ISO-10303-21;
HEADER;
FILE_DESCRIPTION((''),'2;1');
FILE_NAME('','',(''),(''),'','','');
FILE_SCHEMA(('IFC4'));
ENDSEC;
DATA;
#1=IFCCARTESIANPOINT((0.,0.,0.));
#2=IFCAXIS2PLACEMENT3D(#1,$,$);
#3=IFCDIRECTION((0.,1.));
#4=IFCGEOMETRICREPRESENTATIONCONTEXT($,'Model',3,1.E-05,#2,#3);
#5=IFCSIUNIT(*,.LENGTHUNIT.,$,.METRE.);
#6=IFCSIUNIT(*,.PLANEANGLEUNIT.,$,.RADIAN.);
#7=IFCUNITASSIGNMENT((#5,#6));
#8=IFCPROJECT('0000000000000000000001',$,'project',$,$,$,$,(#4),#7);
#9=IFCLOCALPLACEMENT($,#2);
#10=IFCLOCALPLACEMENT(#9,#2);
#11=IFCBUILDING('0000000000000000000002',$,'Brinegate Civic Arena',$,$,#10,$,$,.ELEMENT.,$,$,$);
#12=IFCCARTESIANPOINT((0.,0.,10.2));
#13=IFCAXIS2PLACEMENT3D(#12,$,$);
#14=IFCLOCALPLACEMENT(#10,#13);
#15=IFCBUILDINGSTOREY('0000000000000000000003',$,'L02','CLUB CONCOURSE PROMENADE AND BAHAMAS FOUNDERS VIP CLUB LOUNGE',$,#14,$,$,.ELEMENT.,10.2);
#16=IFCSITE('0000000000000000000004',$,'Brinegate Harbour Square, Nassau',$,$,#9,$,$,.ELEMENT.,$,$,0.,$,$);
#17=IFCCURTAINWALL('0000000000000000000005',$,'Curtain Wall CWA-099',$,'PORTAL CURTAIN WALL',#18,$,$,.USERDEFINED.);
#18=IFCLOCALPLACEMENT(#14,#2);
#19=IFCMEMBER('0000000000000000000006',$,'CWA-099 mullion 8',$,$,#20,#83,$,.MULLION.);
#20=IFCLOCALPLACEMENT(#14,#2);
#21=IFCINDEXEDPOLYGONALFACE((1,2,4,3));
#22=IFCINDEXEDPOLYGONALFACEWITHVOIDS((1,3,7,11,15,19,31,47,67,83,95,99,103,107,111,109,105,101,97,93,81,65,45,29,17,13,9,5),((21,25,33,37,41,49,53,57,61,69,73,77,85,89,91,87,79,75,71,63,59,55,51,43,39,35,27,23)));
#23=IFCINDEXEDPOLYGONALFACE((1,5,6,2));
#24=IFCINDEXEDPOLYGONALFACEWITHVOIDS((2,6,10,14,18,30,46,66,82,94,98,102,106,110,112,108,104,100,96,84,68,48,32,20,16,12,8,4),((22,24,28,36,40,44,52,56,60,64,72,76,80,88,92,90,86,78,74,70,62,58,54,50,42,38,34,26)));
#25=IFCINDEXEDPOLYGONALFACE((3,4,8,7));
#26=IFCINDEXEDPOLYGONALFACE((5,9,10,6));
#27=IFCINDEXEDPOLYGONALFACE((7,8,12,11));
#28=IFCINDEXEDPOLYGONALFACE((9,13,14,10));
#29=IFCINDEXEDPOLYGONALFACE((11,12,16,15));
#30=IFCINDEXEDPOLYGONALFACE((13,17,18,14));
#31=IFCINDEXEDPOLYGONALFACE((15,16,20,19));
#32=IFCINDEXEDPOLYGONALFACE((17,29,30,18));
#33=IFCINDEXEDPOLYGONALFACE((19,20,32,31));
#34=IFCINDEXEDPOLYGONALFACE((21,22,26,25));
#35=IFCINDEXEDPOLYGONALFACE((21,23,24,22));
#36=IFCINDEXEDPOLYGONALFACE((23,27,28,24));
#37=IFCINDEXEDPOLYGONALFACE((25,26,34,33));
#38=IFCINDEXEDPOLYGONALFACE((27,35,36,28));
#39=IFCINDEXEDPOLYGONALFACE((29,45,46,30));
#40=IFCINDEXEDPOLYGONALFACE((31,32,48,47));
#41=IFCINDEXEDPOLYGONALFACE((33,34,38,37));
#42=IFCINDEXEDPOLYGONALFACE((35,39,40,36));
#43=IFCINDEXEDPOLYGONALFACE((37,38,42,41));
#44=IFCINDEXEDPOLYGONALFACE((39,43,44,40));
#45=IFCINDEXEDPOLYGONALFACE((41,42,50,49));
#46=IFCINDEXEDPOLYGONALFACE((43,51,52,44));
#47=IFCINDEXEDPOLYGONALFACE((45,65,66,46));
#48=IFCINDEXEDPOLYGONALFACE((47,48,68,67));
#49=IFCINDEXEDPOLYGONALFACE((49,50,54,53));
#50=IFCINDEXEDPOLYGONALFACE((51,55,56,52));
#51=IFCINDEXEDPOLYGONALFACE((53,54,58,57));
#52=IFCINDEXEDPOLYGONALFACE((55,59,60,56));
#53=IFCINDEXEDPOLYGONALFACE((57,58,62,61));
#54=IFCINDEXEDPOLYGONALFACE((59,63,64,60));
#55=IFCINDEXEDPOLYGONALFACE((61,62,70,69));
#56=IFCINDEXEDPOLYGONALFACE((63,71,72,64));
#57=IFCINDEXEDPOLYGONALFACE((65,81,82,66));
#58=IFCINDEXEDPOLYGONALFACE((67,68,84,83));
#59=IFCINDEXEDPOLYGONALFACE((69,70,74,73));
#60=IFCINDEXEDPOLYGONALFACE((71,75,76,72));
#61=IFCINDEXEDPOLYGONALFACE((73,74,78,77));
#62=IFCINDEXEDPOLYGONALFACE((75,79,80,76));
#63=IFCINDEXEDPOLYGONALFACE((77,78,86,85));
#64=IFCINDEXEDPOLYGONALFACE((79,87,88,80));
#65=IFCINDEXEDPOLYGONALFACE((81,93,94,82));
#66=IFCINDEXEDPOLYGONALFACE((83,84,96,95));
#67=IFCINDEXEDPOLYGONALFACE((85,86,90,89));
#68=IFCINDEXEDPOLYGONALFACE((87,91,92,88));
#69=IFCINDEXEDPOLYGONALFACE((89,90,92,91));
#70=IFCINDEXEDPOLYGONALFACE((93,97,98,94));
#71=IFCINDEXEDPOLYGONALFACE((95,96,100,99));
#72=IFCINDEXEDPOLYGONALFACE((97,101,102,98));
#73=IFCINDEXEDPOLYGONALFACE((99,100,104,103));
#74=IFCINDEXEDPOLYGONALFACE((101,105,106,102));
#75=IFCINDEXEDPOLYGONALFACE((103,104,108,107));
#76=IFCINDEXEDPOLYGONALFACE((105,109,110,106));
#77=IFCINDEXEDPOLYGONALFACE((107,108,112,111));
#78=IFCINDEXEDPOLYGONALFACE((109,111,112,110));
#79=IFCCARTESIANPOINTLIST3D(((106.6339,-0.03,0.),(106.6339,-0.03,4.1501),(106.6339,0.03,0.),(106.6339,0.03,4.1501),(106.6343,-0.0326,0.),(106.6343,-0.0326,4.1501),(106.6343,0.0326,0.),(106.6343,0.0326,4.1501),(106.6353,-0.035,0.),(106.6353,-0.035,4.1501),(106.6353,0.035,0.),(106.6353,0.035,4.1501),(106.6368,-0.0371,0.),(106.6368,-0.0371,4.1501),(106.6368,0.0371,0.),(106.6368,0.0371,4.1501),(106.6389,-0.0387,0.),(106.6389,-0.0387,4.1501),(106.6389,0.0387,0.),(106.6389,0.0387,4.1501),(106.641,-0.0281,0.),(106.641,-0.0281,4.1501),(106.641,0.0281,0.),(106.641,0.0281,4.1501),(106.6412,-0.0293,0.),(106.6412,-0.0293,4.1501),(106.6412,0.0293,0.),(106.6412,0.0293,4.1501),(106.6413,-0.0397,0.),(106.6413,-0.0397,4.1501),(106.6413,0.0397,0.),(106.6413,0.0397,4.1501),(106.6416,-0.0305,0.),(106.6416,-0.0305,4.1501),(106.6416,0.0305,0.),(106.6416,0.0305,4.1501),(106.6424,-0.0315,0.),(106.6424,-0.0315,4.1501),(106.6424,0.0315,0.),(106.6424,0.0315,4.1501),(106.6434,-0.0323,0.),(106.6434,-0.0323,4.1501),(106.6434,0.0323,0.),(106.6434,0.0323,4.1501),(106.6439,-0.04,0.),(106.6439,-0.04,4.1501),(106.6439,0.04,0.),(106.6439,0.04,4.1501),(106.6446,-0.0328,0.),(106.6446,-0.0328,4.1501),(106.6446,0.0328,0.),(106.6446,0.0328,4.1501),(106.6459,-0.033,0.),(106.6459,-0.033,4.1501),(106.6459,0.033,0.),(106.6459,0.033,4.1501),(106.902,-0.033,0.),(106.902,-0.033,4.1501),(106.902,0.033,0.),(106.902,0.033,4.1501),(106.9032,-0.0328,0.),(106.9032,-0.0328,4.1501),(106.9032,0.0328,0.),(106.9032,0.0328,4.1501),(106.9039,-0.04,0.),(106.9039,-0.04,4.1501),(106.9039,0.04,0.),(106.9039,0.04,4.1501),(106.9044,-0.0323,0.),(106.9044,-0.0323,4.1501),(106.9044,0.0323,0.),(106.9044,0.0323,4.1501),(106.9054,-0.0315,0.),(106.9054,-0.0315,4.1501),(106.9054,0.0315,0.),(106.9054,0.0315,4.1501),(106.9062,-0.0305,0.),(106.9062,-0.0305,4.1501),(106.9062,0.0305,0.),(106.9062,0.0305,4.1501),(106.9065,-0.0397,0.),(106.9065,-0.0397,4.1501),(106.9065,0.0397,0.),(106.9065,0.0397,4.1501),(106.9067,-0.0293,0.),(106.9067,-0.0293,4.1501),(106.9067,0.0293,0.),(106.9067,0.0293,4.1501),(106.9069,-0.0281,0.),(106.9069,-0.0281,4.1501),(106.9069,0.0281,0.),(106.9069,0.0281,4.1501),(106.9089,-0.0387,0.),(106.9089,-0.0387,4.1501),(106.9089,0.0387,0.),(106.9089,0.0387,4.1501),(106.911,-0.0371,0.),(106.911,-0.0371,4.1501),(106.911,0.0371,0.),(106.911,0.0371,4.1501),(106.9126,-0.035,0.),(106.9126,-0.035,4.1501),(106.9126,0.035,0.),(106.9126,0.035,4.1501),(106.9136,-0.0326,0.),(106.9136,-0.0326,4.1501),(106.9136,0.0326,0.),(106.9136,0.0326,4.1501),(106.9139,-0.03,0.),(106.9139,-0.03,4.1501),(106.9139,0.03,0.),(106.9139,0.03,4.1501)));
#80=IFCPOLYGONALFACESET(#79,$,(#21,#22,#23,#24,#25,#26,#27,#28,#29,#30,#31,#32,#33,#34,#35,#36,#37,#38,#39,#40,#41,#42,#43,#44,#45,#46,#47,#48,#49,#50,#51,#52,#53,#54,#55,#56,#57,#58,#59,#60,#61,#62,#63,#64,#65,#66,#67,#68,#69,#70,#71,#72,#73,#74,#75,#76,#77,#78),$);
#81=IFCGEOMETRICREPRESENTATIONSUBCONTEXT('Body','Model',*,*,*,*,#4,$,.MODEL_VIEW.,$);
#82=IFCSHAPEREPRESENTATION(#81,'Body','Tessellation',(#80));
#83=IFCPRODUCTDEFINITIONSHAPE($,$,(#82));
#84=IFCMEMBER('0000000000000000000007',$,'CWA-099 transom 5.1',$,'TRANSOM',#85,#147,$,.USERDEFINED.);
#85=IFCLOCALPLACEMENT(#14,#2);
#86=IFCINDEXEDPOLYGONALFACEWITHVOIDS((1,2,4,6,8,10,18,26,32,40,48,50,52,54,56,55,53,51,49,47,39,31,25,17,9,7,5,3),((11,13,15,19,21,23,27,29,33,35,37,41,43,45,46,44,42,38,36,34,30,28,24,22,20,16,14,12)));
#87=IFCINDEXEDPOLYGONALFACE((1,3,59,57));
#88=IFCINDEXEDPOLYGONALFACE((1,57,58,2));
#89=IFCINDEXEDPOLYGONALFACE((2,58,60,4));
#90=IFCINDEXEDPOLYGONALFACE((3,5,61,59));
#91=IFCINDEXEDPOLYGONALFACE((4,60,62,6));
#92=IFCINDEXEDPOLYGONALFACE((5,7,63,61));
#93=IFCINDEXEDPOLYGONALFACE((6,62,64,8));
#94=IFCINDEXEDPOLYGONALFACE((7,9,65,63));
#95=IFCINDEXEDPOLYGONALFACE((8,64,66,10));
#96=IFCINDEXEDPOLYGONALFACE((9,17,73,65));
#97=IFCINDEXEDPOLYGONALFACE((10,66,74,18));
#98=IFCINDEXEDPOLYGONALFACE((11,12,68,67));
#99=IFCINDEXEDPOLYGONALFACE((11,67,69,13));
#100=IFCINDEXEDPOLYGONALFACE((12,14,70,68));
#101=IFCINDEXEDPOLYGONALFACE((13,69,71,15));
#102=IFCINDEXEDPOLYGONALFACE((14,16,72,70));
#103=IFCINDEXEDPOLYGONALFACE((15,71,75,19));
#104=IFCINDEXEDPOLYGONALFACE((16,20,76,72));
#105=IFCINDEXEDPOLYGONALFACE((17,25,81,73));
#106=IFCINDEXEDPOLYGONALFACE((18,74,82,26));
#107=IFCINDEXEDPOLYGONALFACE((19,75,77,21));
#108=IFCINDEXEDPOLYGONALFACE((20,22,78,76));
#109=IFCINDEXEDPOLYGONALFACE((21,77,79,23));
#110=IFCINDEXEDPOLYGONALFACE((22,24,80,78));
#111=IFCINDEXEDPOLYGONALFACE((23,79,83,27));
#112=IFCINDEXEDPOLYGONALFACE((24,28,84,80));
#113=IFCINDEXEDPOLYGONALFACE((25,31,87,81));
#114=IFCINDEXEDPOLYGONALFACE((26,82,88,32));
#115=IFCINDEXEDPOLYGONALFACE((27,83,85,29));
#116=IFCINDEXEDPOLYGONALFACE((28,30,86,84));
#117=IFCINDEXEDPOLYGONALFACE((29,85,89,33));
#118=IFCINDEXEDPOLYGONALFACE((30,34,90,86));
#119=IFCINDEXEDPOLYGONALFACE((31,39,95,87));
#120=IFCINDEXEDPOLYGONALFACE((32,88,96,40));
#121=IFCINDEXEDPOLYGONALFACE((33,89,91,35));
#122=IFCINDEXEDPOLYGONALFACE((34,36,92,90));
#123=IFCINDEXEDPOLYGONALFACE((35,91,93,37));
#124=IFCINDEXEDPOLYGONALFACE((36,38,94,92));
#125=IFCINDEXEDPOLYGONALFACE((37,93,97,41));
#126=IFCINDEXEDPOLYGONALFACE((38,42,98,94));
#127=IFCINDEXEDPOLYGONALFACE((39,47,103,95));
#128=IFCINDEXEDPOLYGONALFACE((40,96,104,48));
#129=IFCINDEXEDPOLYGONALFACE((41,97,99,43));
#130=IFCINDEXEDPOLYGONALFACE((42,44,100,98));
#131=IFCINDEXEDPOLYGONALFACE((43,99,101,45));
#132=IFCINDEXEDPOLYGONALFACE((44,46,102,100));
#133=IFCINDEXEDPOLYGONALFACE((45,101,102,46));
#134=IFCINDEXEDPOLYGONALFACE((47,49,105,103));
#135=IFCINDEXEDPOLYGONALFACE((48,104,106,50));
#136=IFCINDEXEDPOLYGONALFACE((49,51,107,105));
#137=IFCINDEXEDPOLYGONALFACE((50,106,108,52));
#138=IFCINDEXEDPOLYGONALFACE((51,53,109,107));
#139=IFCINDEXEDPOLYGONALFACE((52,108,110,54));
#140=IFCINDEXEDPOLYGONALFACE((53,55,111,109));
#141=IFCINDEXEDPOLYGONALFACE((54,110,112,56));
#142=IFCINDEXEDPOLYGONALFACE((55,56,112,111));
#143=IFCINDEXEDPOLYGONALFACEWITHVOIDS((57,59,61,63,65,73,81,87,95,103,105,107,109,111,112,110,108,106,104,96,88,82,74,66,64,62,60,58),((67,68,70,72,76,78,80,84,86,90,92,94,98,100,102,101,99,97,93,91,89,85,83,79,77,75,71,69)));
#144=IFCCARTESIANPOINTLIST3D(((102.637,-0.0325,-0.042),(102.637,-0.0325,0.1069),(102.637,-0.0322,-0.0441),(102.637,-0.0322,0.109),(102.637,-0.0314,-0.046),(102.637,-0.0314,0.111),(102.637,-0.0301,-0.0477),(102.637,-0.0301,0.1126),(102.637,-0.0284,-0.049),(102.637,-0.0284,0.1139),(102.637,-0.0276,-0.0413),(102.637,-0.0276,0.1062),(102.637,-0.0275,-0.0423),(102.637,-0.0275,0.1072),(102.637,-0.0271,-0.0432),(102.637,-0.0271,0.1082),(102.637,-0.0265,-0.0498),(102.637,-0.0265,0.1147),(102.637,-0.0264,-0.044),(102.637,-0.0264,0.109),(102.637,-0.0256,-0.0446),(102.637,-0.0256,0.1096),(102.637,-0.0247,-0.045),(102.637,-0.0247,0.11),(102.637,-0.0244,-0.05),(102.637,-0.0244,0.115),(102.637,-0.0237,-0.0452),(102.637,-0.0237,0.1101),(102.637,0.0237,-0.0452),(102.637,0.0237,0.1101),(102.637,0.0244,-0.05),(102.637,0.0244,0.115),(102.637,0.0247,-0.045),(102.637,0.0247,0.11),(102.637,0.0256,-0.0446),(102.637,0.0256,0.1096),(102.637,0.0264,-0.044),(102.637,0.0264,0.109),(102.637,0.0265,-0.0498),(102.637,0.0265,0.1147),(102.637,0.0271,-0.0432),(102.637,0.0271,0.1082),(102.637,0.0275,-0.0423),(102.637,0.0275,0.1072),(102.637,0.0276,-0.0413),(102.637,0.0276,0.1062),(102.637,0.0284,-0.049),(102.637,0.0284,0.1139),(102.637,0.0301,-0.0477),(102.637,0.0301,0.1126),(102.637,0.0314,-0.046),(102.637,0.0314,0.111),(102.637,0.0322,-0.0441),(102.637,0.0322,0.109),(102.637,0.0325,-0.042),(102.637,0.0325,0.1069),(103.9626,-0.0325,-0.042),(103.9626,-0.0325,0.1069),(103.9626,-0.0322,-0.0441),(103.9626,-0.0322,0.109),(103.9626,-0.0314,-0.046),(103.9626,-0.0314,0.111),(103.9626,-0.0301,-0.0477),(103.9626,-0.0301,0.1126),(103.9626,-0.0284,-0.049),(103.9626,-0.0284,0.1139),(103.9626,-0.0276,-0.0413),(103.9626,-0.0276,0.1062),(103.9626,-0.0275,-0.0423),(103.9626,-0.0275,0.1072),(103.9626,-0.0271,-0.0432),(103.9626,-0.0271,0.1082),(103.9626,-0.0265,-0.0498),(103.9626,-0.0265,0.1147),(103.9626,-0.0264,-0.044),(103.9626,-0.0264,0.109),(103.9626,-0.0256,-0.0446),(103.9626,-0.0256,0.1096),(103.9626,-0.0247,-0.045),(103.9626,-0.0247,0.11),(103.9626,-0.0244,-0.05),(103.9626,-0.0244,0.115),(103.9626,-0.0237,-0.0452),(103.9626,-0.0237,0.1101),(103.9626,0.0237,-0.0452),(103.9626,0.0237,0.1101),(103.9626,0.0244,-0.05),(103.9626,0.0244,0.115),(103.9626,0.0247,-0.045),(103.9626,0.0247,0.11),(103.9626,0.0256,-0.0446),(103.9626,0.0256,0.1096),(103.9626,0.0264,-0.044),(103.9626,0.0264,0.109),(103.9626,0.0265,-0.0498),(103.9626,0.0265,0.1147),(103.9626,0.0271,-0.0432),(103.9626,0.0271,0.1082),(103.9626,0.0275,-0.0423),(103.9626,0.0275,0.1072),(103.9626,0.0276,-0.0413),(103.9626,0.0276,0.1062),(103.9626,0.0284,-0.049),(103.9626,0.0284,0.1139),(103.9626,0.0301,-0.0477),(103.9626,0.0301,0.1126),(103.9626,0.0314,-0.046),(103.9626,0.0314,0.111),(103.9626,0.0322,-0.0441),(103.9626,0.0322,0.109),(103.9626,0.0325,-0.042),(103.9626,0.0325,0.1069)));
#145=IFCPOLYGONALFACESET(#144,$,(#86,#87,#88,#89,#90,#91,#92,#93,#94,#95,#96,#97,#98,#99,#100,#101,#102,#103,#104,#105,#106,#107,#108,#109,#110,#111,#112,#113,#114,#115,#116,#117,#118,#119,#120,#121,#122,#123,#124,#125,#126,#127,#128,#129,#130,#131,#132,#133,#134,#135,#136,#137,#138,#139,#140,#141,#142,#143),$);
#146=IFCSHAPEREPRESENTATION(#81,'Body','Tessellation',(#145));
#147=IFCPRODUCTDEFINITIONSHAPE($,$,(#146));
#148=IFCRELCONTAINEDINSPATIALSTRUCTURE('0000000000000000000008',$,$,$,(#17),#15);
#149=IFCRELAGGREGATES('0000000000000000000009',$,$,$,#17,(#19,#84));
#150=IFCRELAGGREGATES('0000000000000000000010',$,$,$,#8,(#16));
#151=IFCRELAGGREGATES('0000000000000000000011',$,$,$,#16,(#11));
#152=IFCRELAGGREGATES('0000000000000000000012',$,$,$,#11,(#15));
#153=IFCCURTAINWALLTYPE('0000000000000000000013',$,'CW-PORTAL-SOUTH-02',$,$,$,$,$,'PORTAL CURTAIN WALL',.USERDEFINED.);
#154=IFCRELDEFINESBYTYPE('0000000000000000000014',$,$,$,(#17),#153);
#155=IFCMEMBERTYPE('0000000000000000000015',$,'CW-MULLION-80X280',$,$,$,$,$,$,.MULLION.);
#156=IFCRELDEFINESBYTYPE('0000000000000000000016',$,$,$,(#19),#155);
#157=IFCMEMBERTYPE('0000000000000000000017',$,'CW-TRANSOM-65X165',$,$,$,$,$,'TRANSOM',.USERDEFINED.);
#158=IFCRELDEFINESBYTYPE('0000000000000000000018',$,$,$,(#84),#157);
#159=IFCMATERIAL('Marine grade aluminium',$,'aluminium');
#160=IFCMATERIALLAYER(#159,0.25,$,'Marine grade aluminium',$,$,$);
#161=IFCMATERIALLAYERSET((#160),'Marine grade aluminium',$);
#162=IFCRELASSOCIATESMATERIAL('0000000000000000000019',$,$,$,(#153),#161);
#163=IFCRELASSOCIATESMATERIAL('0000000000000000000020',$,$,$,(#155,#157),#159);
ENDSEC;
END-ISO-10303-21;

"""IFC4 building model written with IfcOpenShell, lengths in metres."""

from ifc_helpers import new_model, si_unit, direction, frame, origin, origin_2d, place, context, subcontext, project, spatial, hollow_rectangle, extrude, material, layer, layer_set, material_profile, profile_set, type_object, element, aggregate, save


model = new_model("IFC4")

# Units and contexts
model_context = context("Model", 3, precision=1e-05, world=origin(), true_north=direction((0.0, 1.0)))
body_context = subcontext(model_context, "Body", "Model", "MODEL_VIEW")
ifc_project = project(units=[si_unit("LENGTHUNIT", "METRE"), si_unit("PLANEANGLEUNIT", "RADIAN")], contexts=[model_context])

# Site, building, storey
site_placement = place(None, origin())
site = spatial("IfcSite", under=ifc_project, at=site_placement, Name="Brinegate Harbour Square, Nassau", CompositionType="ELEMENT", RefElevation=0.0)
building_placement = place(site_placement, origin())
building = spatial("IfcBuilding", under=site, at=building_placement, Name="Brinegate Civic Arena", CompositionType="ELEMENT")
storey_placement = place(building_placement, frame((0.0, 0.0, 10.2)))
storey = spatial("IfcBuildingStorey", under=building, at=storey_placement, Name="L02", Description="CLUB CONCOURSE PROMENADE AND BAHAMAS FOUNDERS VIP CLUB LOUNGE", CompositionType="ELEMENT", Elevation=10.2)

# Curtain wall, members
ifc_material_1 = material(Name="Marine grade aluminium", Category="aluminium")
ifc_layer_1 = layer(ifc_material_1, 0.25, Name="Marine grade aluminium")
ifc_layer_set_1 = layer_set([ifc_layer_1], Name="Marine grade aluminium")
curtain_wall_type = type_object("IfcCurtainWallType", Name="CW-PORTAL-SOUTH-02", ElementType="PORTAL CURTAIN WALL", PredefinedType="USERDEFINED", material=ifc_layer_set_1)
curtain_wall_placement = place(storey_placement, origin())
curtain_wall = element("IfcCurtainWall", 1, at=curtain_wall_placement, inside=storey, type_object=curtain_wall_type, Name="Curtain Wall CWA-099", ObjectType="PORTAL CURTAIN WALL", PredefinedType="USERDEFINED")
ifc_material_profile_1 = material_profile(ifc_material_1, hollow_rectangle(XDim=0.0801, YDim=0.28, WallThickness=0.0071, InnerFilletRadius=0.0049, OuterFilletRadius=0.01, at=origin_2d()), Name="MUL80X280")
ifc_profile_set_1 = profile_set([ifc_material_profile_1], Name="Marine grade aluminium")
member_type_1 = type_object("IfcMemberType", Name="CW-MULLION-80X280", PredefinedType="MULLION", material=ifc_profile_set_1)
member_1_placement = place(storey_placement, frame((106.7739, 0.0, 0.0), z_axis=(0.0, 0.0, 1.0), x_axis=(0.0, 1.0, 0.0)))
member_1 = element("IfcMember", 2, at=member_1_placement, type_object=member_type_1, Name="CWA-099 mullion 8", PredefinedType="MULLION", context=body_context, shape_type="SweptSolid", body=[
    extrude(hollow_rectangle(XDim=0.0801, YDim=0.28, WallThickness=0.0071, InnerFilletRadius=0.0049, OuterFilletRadius=0.01, at=origin_2d()), origin(), (0.0, 0.0, 1.0), 4.1501),
])
ifc_material_profile_2 = material_profile(ifc_material_1, hollow_rectangle(XDim=0.0649, YDim=0.165, WallThickness=0.0049, InnerFilletRadius=0.0039, OuterFilletRadius=0.0081, at=origin_2d()), Name="TRN65X165")
ifc_profile_set_2 = profile_set([ifc_material_profile_2], Name="Marine grade aluminium")
member_type_2 = type_object("IfcMemberType", Name="CW-TRANSOM-65X165", ElementType="TRANSOM", PredefinedType="USERDEFINED", material=ifc_profile_set_2)
member_2_placement = place(storey_placement, frame((102.637, 0.0, 0.0325), z_axis=(1.0, 0.0, 0.0), x_axis=(0.0, 1.0, 0.0)))
member_2 = element("IfcMember", 3, at=member_2_placement, type_object=member_type_2, Name="CWA-099 transom 5.1", ObjectType="TRANSOM", PredefinedType="USERDEFINED", context=body_context, shape_type="SweptSolid", body=[
    extrude(hollow_rectangle(XDim=0.0649, YDim=0.165, WallThickness=0.0049, InnerFilletRadius=0.0039, OuterFilletRadius=0.0081, at=origin_2d()), origin(), (0.0, 0.0, 1.0), 1.3257),
])

aggregate(curtain_wall, [member_1, member_2])

save(model, "model.ifc")
